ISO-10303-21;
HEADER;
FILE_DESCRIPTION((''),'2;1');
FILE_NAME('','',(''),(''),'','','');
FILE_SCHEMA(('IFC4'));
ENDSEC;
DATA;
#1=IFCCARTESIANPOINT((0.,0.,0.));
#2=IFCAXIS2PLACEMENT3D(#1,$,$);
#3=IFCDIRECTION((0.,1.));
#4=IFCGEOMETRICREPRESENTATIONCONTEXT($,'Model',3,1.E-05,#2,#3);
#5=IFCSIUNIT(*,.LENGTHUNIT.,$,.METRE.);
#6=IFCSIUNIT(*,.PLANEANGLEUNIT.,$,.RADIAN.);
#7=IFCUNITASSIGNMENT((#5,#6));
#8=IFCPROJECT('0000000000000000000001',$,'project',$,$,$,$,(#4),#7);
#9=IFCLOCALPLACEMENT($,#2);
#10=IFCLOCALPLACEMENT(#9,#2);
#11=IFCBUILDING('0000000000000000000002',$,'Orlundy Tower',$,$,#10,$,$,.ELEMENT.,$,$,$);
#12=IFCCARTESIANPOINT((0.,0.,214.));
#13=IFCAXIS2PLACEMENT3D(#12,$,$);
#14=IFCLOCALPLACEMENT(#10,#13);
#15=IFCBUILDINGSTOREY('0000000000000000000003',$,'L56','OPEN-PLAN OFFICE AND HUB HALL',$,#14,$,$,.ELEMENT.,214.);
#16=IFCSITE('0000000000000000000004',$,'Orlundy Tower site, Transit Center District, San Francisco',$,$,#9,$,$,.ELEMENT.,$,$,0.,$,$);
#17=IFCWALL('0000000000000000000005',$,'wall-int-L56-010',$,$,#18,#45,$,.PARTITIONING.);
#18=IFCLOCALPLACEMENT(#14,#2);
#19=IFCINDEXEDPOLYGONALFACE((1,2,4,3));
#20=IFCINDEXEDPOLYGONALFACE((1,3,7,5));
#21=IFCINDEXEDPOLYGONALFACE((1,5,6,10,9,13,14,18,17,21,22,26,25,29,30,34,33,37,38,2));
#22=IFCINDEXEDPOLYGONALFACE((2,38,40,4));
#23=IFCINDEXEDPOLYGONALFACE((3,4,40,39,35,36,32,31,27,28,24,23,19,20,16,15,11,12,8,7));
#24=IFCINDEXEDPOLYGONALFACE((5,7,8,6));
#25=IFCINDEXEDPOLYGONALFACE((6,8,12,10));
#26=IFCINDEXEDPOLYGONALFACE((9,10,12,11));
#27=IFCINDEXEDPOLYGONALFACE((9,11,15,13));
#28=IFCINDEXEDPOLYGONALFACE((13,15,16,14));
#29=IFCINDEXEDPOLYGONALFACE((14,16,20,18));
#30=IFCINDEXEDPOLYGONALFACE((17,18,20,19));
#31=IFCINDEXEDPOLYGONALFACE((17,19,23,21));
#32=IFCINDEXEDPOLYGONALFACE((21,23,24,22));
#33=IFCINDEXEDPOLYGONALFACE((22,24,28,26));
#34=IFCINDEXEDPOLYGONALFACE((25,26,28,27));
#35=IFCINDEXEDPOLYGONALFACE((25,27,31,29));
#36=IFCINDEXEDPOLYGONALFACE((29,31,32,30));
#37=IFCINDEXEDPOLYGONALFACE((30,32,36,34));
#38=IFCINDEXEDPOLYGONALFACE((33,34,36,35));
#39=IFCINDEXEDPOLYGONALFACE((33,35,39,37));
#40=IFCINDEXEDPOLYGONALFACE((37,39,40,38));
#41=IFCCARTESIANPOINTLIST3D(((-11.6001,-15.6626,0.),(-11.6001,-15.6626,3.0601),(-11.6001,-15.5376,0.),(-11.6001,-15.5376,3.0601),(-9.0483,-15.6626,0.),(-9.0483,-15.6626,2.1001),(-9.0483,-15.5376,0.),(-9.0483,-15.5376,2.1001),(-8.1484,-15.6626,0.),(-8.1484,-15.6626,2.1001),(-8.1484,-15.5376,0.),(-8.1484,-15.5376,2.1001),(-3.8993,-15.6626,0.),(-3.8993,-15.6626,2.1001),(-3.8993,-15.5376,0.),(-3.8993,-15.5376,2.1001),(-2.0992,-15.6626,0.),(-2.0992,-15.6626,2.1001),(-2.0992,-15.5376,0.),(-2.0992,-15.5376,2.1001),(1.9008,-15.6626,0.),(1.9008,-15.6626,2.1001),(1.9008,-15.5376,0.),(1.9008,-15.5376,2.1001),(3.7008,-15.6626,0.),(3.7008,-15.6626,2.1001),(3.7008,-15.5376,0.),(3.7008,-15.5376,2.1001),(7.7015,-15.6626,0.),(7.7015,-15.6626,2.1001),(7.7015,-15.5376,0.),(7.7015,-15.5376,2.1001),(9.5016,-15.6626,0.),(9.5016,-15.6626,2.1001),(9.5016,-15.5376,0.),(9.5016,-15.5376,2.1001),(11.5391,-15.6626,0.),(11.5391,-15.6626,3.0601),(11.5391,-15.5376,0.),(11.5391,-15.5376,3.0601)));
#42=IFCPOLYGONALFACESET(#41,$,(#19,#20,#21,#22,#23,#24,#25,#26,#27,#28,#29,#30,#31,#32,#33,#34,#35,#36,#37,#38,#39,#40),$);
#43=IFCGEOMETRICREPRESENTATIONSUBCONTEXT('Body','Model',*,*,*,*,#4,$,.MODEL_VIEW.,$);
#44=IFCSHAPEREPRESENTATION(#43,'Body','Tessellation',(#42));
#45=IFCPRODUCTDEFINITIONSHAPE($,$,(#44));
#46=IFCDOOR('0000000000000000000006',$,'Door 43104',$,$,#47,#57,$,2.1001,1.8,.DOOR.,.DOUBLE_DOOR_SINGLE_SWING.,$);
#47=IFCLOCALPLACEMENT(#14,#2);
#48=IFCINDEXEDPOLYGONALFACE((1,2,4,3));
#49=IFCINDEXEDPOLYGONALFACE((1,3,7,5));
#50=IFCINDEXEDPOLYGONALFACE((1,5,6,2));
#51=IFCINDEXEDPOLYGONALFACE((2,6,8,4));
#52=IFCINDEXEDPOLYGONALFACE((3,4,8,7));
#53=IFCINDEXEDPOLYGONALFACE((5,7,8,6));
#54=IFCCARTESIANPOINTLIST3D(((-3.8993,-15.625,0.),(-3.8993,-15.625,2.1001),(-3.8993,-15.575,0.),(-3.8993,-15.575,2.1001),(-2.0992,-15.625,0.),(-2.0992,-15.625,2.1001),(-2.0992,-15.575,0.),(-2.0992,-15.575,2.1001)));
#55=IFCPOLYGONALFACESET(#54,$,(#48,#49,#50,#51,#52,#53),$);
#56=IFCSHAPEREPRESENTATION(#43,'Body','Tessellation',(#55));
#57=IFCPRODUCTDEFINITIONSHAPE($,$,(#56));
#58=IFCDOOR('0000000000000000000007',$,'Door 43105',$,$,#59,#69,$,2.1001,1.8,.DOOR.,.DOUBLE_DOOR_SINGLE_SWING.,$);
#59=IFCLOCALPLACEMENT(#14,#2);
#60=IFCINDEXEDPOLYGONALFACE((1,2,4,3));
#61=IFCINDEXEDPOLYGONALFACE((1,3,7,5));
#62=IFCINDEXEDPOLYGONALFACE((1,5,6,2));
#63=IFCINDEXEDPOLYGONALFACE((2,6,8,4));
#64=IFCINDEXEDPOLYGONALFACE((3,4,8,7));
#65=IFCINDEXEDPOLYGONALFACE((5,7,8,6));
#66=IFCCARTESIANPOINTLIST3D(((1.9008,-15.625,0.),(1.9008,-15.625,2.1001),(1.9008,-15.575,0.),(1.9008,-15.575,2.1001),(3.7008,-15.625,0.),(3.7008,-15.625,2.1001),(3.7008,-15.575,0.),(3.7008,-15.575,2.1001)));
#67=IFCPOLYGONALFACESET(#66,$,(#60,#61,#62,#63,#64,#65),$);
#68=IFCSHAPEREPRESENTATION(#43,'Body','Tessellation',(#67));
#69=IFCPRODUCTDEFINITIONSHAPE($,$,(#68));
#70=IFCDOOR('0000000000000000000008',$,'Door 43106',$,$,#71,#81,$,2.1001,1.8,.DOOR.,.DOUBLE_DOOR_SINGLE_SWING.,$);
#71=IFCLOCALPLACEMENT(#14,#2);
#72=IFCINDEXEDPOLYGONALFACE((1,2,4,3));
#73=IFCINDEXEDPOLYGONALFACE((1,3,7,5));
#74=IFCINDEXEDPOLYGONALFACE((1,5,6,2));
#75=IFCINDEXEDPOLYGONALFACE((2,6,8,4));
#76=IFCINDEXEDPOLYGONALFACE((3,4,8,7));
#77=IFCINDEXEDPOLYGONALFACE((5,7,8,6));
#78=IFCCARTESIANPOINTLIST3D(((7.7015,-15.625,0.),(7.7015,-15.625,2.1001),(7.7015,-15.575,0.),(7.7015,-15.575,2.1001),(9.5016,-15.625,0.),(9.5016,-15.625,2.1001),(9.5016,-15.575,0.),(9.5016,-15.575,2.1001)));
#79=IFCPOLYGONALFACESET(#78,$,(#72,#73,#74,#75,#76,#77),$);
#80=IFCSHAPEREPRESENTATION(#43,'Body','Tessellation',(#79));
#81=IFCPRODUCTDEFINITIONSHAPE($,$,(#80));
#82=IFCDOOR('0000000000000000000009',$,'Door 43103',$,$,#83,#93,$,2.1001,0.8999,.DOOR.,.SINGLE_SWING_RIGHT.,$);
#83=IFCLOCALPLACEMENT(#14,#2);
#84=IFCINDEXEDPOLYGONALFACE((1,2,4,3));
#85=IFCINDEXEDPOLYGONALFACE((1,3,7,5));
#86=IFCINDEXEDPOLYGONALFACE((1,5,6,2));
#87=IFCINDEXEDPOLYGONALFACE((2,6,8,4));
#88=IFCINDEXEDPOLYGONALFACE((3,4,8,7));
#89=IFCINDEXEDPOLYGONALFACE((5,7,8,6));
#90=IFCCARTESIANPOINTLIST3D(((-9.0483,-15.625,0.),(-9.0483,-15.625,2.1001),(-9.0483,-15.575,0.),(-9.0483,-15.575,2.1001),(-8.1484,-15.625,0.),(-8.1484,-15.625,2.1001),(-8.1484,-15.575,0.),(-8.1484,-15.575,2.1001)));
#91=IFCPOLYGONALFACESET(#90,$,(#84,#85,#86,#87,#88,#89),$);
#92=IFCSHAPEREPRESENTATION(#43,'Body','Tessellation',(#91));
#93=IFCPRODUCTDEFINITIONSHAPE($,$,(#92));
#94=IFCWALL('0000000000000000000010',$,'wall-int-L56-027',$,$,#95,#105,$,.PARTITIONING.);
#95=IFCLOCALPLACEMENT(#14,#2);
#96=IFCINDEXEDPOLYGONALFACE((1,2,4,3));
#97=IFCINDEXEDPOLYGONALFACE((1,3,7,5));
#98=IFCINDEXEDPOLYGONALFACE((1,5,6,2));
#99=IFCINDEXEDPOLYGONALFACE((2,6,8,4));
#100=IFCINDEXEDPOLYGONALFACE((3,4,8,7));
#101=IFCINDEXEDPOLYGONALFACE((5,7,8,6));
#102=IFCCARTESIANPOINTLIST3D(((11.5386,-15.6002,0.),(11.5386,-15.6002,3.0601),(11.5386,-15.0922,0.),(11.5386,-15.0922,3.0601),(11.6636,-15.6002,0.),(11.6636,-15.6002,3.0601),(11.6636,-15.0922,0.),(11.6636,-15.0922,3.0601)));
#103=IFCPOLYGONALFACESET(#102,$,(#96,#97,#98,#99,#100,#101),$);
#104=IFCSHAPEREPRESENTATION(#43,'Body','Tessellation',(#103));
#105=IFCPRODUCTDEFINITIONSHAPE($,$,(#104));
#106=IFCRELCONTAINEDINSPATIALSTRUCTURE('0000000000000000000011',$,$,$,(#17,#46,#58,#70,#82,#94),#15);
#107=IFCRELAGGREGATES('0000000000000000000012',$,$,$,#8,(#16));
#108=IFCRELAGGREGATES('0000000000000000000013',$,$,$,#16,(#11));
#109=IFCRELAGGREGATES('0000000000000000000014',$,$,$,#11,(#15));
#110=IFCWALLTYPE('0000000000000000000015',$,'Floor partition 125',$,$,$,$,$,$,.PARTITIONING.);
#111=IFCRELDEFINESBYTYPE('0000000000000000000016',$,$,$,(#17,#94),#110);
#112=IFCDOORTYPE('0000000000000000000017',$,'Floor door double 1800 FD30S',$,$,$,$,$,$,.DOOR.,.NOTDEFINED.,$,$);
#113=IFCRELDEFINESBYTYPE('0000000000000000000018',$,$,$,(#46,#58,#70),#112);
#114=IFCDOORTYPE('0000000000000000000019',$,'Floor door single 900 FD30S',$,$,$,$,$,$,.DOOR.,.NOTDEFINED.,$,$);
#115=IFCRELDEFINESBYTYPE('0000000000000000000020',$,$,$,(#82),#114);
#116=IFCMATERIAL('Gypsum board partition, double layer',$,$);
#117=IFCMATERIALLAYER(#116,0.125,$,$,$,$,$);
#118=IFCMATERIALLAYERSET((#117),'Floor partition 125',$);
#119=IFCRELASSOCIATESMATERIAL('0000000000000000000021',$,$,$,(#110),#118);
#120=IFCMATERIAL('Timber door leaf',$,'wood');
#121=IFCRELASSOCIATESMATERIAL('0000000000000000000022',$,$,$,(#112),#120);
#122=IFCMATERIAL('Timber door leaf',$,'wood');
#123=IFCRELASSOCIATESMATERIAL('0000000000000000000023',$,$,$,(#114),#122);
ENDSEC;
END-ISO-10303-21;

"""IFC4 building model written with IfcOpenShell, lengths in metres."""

from ifc_helpers import new_model, si_unit, direction, frame, frame_2d, origin, place, context, subcontext, project, spatial, rectangle, extrude, material, layer, layer_set, type_object, element, fill, save


model = new_model("IFC4")

# Units and contexts
model_context = context("Model", 3, precision=1e-05, world=origin(), true_north=direction((0.0, 1.0)))
body_context = subcontext(model_context, "Body", "Model", "MODEL_VIEW")
ifc_project = project(units=[si_unit("LENGTHUNIT", "METRE"), si_unit("PLANEANGLEUNIT", "RADIAN")], contexts=[model_context])

# Site, building, storey
site_placement = place(None, origin())
site = spatial("IfcSite", under=ifc_project, at=site_placement, Name="Orlundy Tower site, Transit Center District, San Francisco", CompositionType="ELEMENT", RefElevation=0.0)
building_placement = place(site_placement, origin())
building = spatial("IfcBuilding", under=site, at=building_placement, Name="Orlundy Tower", CompositionType="ELEMENT")
storey_placement = place(building_placement, frame((0.0, 0.0, 214.0)))
storey = spatial("IfcBuildingStorey", under=building, at=storey_placement, Name="L56", Description="OPEN-PLAN OFFICE AND HUB HALL", CompositionType="ELEMENT", Elevation=214.0)

# Shared definitions
ifc_material_1 = material(Name="Gypsum board partition, double layer")
ifc_layer_1 = layer(ifc_material_1, 0.125)
ifc_layer_set_1 = layer_set([ifc_layer_1], Name="Floor partition 125")
wall_type = type_object("IfcWallType", Name="Floor partition 125", PredefinedType="PARTITIONING", material=ifc_layer_set_1)

# Wall, openings, doors
wall_1_placement = place(storey_placement, frame((11.5391, -15.6001, 0.0), z_axis=(0.0, 0.0, 1.0), x_axis=(-1.0, 0.0, 0.0)))
wall_1 = element("IfcWall", 1, at=wall_1_placement, inside=storey, type_object=wall_type, Name="wall-int-L56-010", PredefinedType="PARTITIONING", context=body_context, shape_type="SweptSolid", body=[
    extrude(rectangle(XDim=23.1392, YDim=0.125, at=frame_2d((11.5696, 0.0))), origin(), (0.0, 0.0, 1.0), 3.0601),
])
opening_1_placement = place(wall_1_placement, frame((19.6875, 0.0, 0.0)))
opening_1 = element("IfcOpeningElement", 2, at=opening_1_placement, cuts=wall_1, PredefinedType="OPENING", context=body_context, shape_type="SweptSolid", body=[
    extrude(rectangle(XDim=0.8999, YDim=2.1001, at=frame_2d((0.45, 1.05))), frame((0.0, 0.0725, 0.0), z_axis=(0.0, -1.0, 0.0), x_axis=(1.0, 0.0, 0.0)), (0.0, 0.0, 1.0), 0.145),
])
opening_2_placement = place(wall_1_placement, frame((13.6384, 0.0, 0.0)))
opening_2 = element("IfcOpeningElement", 3, at=opening_2_placement, cuts=wall_1, PredefinedType="OPENING", context=body_context, shape_type="SweptSolid", body=[
    extrude(rectangle(XDim=1.8, YDim=2.1001, at=frame_2d((0.8999, 1.05))), frame((0.0, 0.0725, 0.0), z_axis=(0.0, -1.0, 0.0), x_axis=(1.0, 0.0, 0.0)), (0.0, 0.0, 1.0), 0.145),
])
opening_3_placement = place(wall_1_placement, frame((7.8384, 0.0, 0.0)))
opening_3 = element("IfcOpeningElement", 4, at=opening_3_placement, cuts=wall_1, PredefinedType="OPENING", context=body_context, shape_type="SweptSolid", body=[
    extrude(rectangle(XDim=1.8, YDim=2.1001, at=frame_2d((0.8999, 1.05))), frame((0.0, 0.0725, 0.0), z_axis=(0.0, -1.0, 0.0), x_axis=(1.0, 0.0, 0.0)), (0.0, 0.0, 1.0), 0.145),
])
opening_4_placement = place(wall_1_placement, frame((2.0376, 0.0, 0.0)))
opening_4 = element("IfcOpeningElement", 5, at=opening_4_placement, cuts=wall_1, PredefinedType="OPENING", context=body_context, shape_type="SweptSolid", body=[
    extrude(rectangle(XDim=1.8, YDim=2.1001, at=frame_2d((0.8999, 1.05))), frame((0.0, 0.0725, 0.0), z_axis=(0.0, -1.0, 0.0), x_axis=(1.0, 0.0, 0.0)), (0.0, 0.0, 1.0), 0.145),
])
ifc_material_2 = material(Name="Timber door leaf", Category="wood")
door_type_1 = type_object("IfcDoorType", Name="Floor door double 1800 FD30S", OperationType="NOTDEFINED", PredefinedType="DOOR", material=ifc_material_2)
door_1_placement = place(opening_2_placement, origin())
door_1 = element("IfcDoor", 6, at=door_1_placement, inside=storey, type_object=door_type_1, Name="Door 43104", OperationType="DOUBLE_DOOR_SINGLE_SWING", OverallHeight=2.1001, OverallWidth=1.8, PredefinedType="DOOR", context=body_context, shape_type="SweptSolid", body=[
    extrude(rectangle(XDim=1.8, YDim=2.1001, at=frame_2d((0.8999, 1.05))), frame((0.0, 0.0249, 0.0), z_axis=(0.0, -1.0, 0.0), x_axis=(1.0, 0.0, 0.0)), (0.0, 0.0, 1.0), 0.05),
])
fill(opening_2, door_1)
door_2_placement = place(opening_3_placement, origin())
door_2 = element("IfcDoor", 7, at=door_2_placement, inside=storey, type_object=door_type_1, Name="Door 43105", OperationType="DOUBLE_DOOR_SINGLE_SWING", OverallHeight=2.1001, OverallWidth=1.8, PredefinedType="DOOR", context=body_context, shape_type="SweptSolid", body=[
    extrude(rectangle(XDim=1.8, YDim=2.1001, at=frame_2d((0.8999, 1.05))), frame((0.0, 0.0249, 0.0), z_axis=(0.0, -1.0, 0.0), x_axis=(1.0, 0.0, 0.0)), (0.0, 0.0, 1.0), 0.05),
])
fill(opening_3, door_2)
door_3_placement = place(opening_4_placement, origin())
door_3 = element("IfcDoor", 8, at=door_3_placement, inside=storey, type_object=door_type_1, Name="Door 43106", OperationType="DOUBLE_DOOR_SINGLE_SWING", OverallHeight=2.1001, OverallWidth=1.8, PredefinedType="DOOR", context=body_context, shape_type="SweptSolid", body=[
    extrude(rectangle(XDim=1.8, YDim=2.1001, at=frame_2d((0.8999, 1.05))), frame((0.0, 0.0249, 0.0), z_axis=(0.0, -1.0, 0.0), x_axis=(1.0, 0.0, 0.0)), (0.0, 0.0, 1.0), 0.05),
])
fill(opening_4, door_3)
ifc_material_3 = material(Name="Timber door leaf", Category="wood")
door_type_2 = type_object("IfcDoorType", Name="Floor door single 900 FD30S", OperationType="NOTDEFINED", PredefinedType="DOOR", material=ifc_material_3)
door_4_placement = place(opening_1_placement, origin())
door_4 = element("IfcDoor", 9, at=door_4_placement, inside=storey, type_object=door_type_2, Name="Door 43103", OperationType="SINGLE_SWING_RIGHT", OverallHeight=2.1001, OverallWidth=0.8999, PredefinedType="DOOR", context=body_context, shape_type="SweptSolid", body=[
    extrude(rectangle(XDim=0.8999, YDim=2.1001, at=frame_2d((0.45, 1.05))), frame((0.0, 0.0249, 0.0), z_axis=(0.0, -1.0, 0.0), x_axis=(1.0, 0.0, 0.0)), (0.0, 0.0, 1.0), 0.05),
])
fill(opening_1, door_4)

# Wall
wall_2_placement = place(storey_placement, frame((11.6011, -15.6001, 0.0), z_axis=(0.0, 0.0, 1.0), x_axis=(0.0, 1.0, 0.0)))
element("IfcWall", 10, at=wall_2_placement, inside=storey, type_object=wall_type, Name="wall-int-L56-027", PredefinedType="PARTITIONING", context=body_context, shape_type="SweptSolid", body=[
    extrude(rectangle(XDim=0.5081, YDim=0.125, at=frame_2d((0.2539, 0.0))), origin(), (0.0, 0.0, 1.0), 3.0601),
])

save(model, "model.ifc")
